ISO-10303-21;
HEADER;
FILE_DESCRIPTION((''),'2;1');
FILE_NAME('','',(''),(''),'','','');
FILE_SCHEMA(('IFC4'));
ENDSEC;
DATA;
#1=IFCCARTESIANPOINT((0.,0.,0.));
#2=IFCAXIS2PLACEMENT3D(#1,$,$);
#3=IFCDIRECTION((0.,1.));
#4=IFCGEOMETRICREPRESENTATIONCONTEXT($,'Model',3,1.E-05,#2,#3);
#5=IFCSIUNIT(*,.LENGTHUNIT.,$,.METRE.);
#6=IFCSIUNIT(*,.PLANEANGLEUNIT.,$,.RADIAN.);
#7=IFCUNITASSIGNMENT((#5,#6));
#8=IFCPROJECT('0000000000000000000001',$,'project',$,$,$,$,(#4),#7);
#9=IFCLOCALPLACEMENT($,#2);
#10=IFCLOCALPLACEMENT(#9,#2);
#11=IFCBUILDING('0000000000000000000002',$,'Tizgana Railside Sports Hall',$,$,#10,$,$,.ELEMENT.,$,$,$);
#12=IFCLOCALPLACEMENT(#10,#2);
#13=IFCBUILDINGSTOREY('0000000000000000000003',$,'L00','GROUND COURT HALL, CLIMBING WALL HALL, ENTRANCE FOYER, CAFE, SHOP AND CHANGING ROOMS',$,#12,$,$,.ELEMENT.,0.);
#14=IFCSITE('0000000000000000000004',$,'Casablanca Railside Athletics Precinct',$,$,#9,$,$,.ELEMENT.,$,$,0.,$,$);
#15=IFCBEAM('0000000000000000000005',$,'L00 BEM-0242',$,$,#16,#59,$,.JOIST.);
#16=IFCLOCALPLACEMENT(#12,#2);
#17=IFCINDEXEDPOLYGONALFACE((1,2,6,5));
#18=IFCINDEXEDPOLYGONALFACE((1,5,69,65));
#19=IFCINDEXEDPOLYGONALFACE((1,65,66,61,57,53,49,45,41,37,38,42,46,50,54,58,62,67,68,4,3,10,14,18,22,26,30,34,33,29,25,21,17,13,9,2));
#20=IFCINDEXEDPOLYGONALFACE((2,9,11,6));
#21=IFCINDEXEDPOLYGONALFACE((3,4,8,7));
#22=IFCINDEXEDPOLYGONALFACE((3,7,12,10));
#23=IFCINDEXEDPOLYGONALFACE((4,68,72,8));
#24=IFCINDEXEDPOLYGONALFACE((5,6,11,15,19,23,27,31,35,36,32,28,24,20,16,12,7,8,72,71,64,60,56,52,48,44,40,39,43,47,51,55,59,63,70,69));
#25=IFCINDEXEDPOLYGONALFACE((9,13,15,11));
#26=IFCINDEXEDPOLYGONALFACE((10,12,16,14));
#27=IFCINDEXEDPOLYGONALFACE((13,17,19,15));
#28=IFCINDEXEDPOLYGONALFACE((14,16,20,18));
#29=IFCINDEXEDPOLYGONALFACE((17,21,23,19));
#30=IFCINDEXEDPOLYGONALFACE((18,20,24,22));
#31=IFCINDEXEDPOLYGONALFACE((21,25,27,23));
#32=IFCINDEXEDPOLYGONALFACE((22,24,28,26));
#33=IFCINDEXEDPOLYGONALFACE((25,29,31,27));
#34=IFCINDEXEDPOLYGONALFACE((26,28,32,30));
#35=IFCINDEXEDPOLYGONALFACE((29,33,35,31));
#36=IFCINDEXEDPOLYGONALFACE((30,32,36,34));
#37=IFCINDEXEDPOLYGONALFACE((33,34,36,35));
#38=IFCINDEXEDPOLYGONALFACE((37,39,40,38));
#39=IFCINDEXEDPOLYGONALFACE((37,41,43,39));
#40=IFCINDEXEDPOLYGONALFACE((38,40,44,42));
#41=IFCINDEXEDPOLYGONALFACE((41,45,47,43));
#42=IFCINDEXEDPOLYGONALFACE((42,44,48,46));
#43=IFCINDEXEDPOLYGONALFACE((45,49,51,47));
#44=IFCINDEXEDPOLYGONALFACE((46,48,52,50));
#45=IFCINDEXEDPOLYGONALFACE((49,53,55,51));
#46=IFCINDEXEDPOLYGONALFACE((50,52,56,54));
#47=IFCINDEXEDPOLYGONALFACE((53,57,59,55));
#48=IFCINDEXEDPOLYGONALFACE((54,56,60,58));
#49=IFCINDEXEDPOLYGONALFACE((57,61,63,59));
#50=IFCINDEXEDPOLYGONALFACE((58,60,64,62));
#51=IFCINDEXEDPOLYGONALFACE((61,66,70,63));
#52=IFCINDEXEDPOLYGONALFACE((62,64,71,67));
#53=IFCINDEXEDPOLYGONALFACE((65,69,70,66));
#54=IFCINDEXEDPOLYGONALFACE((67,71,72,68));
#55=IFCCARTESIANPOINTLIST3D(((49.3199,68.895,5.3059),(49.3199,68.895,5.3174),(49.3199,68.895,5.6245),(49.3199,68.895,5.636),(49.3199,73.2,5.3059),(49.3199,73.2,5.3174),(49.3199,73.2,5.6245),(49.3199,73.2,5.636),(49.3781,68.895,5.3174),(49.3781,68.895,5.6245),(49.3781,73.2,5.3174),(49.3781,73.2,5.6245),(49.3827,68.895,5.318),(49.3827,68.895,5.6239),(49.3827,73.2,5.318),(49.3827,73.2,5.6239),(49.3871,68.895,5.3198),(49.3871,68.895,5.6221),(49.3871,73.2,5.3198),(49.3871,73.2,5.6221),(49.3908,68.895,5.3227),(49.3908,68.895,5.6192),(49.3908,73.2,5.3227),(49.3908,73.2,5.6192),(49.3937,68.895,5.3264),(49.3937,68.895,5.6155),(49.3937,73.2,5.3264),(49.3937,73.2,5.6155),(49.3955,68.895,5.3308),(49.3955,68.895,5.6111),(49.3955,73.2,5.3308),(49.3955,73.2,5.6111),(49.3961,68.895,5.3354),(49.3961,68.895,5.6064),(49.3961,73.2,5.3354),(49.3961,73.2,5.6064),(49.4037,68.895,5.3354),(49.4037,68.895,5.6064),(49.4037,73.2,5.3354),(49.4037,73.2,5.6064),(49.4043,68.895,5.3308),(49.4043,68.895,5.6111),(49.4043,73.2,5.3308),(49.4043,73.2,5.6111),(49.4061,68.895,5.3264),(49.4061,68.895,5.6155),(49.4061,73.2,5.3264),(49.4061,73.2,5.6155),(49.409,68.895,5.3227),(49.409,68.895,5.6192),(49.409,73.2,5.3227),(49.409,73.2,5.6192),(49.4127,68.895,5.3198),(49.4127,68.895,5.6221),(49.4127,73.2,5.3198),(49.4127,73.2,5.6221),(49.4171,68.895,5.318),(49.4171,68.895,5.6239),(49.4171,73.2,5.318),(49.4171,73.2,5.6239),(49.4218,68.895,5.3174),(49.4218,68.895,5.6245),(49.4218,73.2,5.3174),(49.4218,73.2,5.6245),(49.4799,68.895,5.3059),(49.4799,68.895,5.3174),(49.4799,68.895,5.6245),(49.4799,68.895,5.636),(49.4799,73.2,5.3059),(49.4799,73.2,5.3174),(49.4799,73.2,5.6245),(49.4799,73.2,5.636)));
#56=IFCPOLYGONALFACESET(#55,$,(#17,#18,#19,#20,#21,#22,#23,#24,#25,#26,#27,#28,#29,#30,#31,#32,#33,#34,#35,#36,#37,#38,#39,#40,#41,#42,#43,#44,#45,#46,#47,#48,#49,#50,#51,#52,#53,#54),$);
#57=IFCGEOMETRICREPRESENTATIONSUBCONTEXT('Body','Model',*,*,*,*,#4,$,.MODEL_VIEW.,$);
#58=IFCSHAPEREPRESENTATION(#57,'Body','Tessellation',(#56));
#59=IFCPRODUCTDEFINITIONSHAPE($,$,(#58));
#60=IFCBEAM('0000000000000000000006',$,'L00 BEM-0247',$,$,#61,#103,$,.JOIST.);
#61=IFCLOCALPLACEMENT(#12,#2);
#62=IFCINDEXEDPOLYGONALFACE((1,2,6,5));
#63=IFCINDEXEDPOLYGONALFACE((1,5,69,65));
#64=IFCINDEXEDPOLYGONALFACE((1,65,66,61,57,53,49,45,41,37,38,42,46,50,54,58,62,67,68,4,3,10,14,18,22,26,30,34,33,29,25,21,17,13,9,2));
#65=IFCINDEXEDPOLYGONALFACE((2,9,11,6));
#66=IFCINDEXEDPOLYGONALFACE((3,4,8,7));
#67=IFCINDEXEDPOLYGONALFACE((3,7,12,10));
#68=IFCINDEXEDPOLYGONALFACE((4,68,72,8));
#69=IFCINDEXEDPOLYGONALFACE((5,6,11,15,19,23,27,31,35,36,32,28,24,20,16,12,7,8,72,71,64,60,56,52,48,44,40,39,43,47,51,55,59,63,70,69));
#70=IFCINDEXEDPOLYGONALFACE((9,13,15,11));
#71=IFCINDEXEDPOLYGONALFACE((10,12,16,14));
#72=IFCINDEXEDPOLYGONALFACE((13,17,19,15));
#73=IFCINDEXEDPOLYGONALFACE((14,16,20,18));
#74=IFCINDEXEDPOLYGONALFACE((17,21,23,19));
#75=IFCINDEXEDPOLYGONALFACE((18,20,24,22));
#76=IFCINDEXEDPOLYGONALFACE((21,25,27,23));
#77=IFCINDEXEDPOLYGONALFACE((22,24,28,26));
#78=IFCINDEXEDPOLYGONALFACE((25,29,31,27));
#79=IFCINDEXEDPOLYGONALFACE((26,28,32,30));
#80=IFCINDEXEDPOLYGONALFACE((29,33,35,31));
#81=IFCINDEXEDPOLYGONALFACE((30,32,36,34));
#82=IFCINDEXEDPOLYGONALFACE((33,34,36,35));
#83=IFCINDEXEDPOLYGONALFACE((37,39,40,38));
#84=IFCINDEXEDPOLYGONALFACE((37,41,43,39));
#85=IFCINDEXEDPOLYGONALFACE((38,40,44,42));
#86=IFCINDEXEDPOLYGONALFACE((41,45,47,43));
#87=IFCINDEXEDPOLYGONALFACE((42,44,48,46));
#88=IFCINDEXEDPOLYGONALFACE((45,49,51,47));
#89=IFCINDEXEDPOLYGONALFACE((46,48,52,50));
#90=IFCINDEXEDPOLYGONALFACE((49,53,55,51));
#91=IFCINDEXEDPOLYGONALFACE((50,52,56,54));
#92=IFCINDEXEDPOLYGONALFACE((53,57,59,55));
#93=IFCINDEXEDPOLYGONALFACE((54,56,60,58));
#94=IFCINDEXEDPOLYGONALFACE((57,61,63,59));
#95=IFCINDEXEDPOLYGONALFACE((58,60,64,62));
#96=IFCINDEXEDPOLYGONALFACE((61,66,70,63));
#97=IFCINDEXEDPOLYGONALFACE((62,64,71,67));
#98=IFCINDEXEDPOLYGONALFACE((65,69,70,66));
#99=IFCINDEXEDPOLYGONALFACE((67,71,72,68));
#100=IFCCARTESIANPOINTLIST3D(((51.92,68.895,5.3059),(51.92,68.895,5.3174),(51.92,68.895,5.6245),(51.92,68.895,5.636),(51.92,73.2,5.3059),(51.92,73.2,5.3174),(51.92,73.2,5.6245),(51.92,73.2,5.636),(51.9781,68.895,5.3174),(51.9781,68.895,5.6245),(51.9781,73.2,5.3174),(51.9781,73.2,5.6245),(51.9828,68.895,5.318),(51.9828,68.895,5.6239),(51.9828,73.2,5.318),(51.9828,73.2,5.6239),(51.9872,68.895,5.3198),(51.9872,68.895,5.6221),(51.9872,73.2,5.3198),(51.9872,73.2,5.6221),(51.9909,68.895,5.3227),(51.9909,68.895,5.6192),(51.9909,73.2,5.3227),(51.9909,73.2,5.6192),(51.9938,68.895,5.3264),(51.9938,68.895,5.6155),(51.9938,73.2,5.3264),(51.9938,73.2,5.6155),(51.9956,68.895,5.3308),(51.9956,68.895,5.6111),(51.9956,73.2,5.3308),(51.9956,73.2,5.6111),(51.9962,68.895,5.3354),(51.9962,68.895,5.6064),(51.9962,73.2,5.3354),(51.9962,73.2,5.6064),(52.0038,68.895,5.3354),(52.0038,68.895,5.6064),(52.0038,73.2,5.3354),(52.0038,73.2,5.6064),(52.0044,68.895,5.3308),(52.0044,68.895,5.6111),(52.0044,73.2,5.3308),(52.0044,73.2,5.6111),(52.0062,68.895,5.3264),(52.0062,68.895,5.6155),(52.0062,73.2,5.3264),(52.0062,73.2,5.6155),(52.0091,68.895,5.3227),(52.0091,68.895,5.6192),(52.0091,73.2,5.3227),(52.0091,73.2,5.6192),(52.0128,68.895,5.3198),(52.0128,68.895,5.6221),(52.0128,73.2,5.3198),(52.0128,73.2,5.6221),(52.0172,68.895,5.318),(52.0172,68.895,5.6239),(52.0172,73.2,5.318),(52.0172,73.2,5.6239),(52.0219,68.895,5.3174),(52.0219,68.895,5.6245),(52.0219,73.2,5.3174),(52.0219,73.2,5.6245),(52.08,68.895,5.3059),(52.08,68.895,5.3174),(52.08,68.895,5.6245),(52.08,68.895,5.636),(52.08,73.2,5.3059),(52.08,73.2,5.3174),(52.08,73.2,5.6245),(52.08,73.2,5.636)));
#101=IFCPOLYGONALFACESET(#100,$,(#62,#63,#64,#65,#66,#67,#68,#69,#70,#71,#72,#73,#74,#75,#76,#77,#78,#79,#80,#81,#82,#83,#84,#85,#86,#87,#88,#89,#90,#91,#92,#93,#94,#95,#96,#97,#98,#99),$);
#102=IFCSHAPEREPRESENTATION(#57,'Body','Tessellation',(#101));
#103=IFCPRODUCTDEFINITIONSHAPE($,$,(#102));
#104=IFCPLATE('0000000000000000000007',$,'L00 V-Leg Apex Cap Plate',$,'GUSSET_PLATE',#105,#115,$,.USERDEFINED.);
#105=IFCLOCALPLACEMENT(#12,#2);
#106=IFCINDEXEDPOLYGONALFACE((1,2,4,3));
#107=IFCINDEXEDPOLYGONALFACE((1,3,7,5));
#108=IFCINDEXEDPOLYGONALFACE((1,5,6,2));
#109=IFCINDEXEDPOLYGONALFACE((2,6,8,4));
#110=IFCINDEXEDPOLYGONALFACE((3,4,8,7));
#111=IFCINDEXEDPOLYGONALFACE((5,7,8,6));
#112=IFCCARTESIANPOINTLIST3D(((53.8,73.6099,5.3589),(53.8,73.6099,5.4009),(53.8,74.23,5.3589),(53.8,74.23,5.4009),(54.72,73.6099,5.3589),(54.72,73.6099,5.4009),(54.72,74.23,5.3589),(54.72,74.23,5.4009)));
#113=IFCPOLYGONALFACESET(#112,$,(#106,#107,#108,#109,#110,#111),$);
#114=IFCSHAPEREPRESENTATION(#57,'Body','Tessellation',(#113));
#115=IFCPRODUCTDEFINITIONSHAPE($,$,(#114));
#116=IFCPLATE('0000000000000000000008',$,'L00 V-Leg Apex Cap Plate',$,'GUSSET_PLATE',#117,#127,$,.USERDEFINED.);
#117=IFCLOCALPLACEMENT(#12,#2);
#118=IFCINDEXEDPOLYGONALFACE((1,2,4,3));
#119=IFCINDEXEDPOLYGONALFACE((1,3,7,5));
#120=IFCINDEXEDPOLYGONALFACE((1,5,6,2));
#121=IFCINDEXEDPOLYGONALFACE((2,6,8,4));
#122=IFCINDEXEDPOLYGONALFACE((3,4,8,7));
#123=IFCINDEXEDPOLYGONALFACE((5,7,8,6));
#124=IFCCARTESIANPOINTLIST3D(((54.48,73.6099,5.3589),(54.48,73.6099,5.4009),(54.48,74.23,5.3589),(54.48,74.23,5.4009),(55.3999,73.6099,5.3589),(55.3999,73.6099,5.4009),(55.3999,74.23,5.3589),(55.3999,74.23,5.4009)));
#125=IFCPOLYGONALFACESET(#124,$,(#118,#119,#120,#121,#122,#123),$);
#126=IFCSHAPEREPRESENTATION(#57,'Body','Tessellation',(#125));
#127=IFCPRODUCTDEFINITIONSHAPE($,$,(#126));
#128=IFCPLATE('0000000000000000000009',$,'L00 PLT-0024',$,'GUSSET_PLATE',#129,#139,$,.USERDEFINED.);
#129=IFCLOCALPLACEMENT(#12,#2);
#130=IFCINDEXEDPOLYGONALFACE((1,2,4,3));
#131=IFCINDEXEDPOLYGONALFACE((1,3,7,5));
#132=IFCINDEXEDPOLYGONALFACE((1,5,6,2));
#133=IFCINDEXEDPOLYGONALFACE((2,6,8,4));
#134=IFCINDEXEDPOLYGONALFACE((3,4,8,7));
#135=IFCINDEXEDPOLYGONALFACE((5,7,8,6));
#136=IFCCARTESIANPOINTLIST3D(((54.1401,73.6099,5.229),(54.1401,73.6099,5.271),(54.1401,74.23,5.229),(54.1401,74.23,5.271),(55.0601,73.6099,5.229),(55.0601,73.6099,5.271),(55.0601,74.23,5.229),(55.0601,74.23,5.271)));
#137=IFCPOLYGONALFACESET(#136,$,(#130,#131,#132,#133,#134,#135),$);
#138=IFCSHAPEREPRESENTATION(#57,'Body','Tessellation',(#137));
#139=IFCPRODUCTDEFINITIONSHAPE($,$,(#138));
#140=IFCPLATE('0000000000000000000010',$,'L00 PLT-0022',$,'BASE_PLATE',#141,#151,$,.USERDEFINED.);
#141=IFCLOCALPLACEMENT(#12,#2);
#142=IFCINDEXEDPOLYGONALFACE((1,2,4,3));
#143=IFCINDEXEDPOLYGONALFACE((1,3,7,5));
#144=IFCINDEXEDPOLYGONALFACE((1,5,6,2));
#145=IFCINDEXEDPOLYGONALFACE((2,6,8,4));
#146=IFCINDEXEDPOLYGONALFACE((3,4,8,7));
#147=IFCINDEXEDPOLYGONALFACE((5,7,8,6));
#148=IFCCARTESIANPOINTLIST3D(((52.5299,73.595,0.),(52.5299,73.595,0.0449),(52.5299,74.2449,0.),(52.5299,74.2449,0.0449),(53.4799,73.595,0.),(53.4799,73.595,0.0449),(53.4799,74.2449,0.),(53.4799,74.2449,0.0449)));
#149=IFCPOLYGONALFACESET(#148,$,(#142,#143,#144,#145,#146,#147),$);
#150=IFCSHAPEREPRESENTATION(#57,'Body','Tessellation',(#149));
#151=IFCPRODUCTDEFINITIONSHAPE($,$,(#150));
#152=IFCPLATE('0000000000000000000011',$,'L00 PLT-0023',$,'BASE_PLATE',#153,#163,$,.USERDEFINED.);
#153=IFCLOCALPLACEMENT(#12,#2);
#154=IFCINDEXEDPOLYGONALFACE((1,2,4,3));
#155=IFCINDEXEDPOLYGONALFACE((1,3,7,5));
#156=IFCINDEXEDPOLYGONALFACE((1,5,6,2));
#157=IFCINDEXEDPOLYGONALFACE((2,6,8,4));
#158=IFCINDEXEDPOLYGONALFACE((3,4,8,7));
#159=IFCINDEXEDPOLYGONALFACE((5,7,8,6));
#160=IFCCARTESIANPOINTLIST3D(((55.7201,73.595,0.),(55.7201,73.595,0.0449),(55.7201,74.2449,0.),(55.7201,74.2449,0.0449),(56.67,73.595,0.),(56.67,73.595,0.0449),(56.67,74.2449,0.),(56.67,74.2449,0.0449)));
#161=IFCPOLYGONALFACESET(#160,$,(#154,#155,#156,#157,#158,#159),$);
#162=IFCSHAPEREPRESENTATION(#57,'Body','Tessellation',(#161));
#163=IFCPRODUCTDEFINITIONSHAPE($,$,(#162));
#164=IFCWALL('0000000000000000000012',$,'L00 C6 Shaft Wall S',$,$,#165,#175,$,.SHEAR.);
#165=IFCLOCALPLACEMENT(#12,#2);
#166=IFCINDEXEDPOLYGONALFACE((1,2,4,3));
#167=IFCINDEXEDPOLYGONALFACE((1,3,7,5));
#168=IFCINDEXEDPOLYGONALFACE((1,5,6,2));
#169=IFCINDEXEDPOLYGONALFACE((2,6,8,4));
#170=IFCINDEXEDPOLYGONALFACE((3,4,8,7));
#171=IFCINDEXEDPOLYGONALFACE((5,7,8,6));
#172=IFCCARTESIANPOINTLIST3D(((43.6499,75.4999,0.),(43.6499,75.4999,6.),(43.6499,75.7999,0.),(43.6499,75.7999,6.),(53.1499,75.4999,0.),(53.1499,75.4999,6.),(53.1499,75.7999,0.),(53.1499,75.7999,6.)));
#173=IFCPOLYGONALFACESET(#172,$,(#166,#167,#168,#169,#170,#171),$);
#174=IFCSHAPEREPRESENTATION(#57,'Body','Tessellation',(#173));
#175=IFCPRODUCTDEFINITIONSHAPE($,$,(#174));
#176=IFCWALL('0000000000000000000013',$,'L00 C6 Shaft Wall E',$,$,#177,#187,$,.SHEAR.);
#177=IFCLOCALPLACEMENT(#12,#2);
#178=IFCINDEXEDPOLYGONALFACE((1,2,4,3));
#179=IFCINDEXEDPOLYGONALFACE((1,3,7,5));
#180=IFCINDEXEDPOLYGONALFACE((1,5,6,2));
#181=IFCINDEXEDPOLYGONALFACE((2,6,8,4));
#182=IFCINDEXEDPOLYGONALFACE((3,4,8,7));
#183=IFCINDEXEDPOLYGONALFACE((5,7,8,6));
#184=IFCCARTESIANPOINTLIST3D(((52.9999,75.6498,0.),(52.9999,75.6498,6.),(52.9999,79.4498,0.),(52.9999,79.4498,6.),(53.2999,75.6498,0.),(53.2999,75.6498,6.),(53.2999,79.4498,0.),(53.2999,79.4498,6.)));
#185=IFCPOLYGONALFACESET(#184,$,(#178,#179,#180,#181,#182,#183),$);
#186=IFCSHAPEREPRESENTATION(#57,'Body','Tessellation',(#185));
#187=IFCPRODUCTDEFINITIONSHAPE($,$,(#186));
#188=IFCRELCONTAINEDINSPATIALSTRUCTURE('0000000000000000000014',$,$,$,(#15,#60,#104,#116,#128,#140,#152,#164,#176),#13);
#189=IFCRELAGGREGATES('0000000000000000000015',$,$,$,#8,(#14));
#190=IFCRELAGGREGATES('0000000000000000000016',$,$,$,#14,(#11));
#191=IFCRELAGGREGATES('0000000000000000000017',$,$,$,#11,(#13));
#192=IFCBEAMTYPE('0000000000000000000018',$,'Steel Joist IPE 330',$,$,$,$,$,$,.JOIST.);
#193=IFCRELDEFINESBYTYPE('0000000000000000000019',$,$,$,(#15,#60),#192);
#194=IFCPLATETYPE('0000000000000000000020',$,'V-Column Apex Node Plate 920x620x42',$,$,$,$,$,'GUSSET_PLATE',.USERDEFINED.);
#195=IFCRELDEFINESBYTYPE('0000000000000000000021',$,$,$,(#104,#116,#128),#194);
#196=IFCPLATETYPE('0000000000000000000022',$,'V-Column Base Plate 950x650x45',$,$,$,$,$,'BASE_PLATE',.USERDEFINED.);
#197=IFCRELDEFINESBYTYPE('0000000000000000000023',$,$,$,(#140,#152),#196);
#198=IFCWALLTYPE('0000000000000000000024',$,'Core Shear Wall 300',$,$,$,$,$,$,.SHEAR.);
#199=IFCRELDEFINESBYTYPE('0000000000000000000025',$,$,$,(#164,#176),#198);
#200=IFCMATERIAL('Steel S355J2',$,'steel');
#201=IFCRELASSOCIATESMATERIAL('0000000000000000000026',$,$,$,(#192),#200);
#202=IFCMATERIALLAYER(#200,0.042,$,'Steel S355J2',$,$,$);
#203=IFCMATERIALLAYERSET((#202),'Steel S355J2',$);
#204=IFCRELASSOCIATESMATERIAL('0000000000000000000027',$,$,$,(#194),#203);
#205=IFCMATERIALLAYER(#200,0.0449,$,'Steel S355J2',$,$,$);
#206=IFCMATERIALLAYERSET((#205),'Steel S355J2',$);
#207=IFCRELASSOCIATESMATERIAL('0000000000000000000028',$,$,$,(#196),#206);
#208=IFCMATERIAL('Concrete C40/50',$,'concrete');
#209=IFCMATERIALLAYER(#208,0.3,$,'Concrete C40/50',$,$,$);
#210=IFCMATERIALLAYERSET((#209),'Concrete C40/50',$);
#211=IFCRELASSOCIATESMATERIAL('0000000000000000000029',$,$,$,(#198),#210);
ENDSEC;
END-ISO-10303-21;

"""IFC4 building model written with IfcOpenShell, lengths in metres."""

from ifc_helpers import new_model, si_unit, direction, frame, frame_2d, origin, origin_2d, place, context, subcontext, project, spatial, rectangle, i_section, extrude, material, layer, layer_set, material_profile, profile_set, type_object, element, save


model = new_model("IFC4")

# Units and contexts
model_context = context("Model", 3, precision=1e-05, world=origin(), true_north=direction((0.0, 1.0)))
body_context = subcontext(model_context, "Body", "Model", "MODEL_VIEW")
ifc_project = project(units=[si_unit("LENGTHUNIT", "METRE"), si_unit("PLANEANGLEUNIT", "RADIAN")], contexts=[model_context])

# Site, building, storey
site_placement = place(None, origin())
site = spatial("IfcSite", under=ifc_project, at=site_placement, Name="Casablanca Railside Athletics Precinct", CompositionType="ELEMENT", RefElevation=0.0)
building_placement = place(site_placement, origin())
building = spatial("IfcBuilding", under=site, at=building_placement, Name="Tizgana Railside Sports Hall", CompositionType="ELEMENT")
storey_placement = place(building_placement, origin())
storey = spatial("IfcBuildingStorey", under=building, at=storey_placement, Name="L00", Description="GROUND COURT HALL, CLIMBING WALL HALL, ENTRANCE FOYER, CAFE, SHOP AND CHANGING ROOMS", CompositionType="ELEMENT", Elevation=0.0)

# Shared definitions
ifc_material_1 = material(Name="Concrete C40/50", Category="concrete")
ifc_material_2 = material(Name="Steel S355J2", Category="steel")

# Beams
ifc_material_profile_1 = material_profile(ifc_material_2, i_section(OverallWidth=0.1599, OverallDepth=0.3301, WebThickness=0.0076, FlangeThickness=0.0115, FilletRadius=0.0181, at=origin_2d()), Name="IPE 330")
ifc_profile_set_1 = profile_set([ifc_material_profile_1], Name="Steel S355J2")
beam_type_1 = type_object("IfcBeamType", Name="Steel Joist IPE 330", PredefinedType="JOIST", material=ifc_profile_set_1)
for number, where, z_axis, x_axis, name in (
    (1, (49.3999, 68.895, 5.4709), (0.0, 1.0, 0.0), (-1.0, 0.0, 0.0), "L00 BEM-0242"),
    (2, (52.0, 68.895, 5.4709), (0.0, 1.0, 0.0), (-1.0, 0.0, 0.0), "L00 BEM-0247"),
):
    element("IfcBeam", number, at=place(storey_placement, frame(where, z_axis=z_axis, x_axis=x_axis)), inside=storey, type_object=beam_type_1, Name=name, PredefinedType="JOIST", context=body_context, shape_type="SweptSolid", body=[
        extrude(i_section(OverallWidth=0.1599, OverallDepth=0.3301, WebThickness=0.0076, FlangeThickness=0.0115, FilletRadius=0.0181, at=origin_2d()), origin(), (0.0, 0.0, 1.0), 4.3049),
    ])

# Plates
ifc_layer_1 = layer(ifc_material_2, 0.042, Name="Steel S355J2")
ifc_layer_set_1 = layer_set([ifc_layer_1], Name="Steel S355J2")
plate_type_1 = type_object("IfcPlateType", Name="V-Column Apex Node Plate 920x620x42", ElementType="GUSSET_PLATE", PredefinedType="USERDEFINED", material=ifc_layer_set_1)
for number, where, z_axis, x_axis, name in (
    (3, (54.26, 73.9199, 5.3589), (0.0, 0.0, 1.0), (1.0, 0.0, 0.0), "L00 V-Leg Apex Cap Plate"),
    (4, (54.9399, 73.9199, 5.3589), (0.0, 0.0, 1.0), (1.0, 0.0, 0.0), "L00 V-Leg Apex Cap Plate"),
    (5, (54.6001, 73.9199, 5.229), (0.0, 0.0, 1.0), (1.0, 0.0, 0.0), "L00 PLT-0024"),
):
    element("IfcPlate", number, at=place(storey_placement, frame(where, z_axis=z_axis, x_axis=x_axis)), inside=storey, type_object=plate_type_1, Name=name, ObjectType="GUSSET_PLATE", PredefinedType="USERDEFINED", context=body_context, shape_type="SweptSolid", body=[
        extrude(rectangle(XDim=0.9199, YDim=0.6201, at=origin_2d()), origin(), (0.0, 0.0, 1.0), 0.042),
    ])
ifc_layer_2 = layer(ifc_material_2, 0.0449, Name="Steel S355J2")
ifc_layer_set_2 = layer_set([ifc_layer_2], Name="Steel S355J2")
plate_type_2 = type_object("IfcPlateType", Name="V-Column Base Plate 950x650x45", ElementType="BASE_PLATE", PredefinedType="USERDEFINED", material=ifc_layer_set_2)
for number, where, z_axis, x_axis, name in (
    (6, (53.0049, 73.9199, 0.0), (0.0, 0.0, 1.0), (1.0, 0.0, 0.0), "L00 PLT-0022"),
    (7, (56.1951, 73.9199, 0.0), (0.0, 0.0, 1.0), (1.0, 0.0, 0.0), "L00 PLT-0023"),
):
    element("IfcPlate", number, at=place(storey_placement, frame(where, z_axis=z_axis, x_axis=x_axis)), inside=storey, type_object=plate_type_2, Name=name, ObjectType="BASE_PLATE", PredefinedType="USERDEFINED", context=body_context, shape_type="SweptSolid", body=[
        extrude(rectangle(XDim=0.95, YDim=0.6499, at=origin_2d()), origin(), (0.0, 0.0, 1.0), 0.0449),
    ])

# Walls
ifc_layer_3 = layer(ifc_material_1, 0.3, Name="Concrete C40/50")
ifc_layer_set_3 = layer_set([ifc_layer_3], Name="Concrete C40/50")
wall_type_1 = type_object("IfcWallType", Name="Core Shear Wall 300", PredefinedType="SHEAR", material=ifc_layer_set_3)
wall_1_placement = place(storey_placement, frame((53.1499, 75.6499, 0.0), z_axis=(0.0, 0.0, 1.0), x_axis=(-1.0, 0.0, 0.0)))
element("IfcWall", 8, at=wall_1_placement, inside=storey, type_object=wall_type_1, Name="L00 C6 Shaft Wall S", PredefinedType="SHEAR", context=body_context, shape_type="SweptSolid", body=[
    extrude(rectangle(XDim=9.5, YDim=0.3, at=frame_2d((4.75, 0.0))), origin(), (0.0, 0.0, 1.0), 6.0),
])
wall_2_placement = place(storey_placement, frame((53.1499, 75.6499, 0.0), z_axis=(0.0, 0.0, 1.0), x_axis=(0.0, 1.0, 0.0)))
element("IfcWall", 9, at=wall_2_placement, inside=storey, type_object=wall_type_1, Name="L00 C6 Shaft Wall E", PredefinedType="SHEAR", context=body_context, shape_type="SweptSolid", body=[
    extrude(rectangle(XDim=3.8, YDim=0.3, at=frame_2d((1.8999, 0.0))), origin(), (0.0, 0.0, 1.0), 6.0),
])

save(model, "model.ifc")
